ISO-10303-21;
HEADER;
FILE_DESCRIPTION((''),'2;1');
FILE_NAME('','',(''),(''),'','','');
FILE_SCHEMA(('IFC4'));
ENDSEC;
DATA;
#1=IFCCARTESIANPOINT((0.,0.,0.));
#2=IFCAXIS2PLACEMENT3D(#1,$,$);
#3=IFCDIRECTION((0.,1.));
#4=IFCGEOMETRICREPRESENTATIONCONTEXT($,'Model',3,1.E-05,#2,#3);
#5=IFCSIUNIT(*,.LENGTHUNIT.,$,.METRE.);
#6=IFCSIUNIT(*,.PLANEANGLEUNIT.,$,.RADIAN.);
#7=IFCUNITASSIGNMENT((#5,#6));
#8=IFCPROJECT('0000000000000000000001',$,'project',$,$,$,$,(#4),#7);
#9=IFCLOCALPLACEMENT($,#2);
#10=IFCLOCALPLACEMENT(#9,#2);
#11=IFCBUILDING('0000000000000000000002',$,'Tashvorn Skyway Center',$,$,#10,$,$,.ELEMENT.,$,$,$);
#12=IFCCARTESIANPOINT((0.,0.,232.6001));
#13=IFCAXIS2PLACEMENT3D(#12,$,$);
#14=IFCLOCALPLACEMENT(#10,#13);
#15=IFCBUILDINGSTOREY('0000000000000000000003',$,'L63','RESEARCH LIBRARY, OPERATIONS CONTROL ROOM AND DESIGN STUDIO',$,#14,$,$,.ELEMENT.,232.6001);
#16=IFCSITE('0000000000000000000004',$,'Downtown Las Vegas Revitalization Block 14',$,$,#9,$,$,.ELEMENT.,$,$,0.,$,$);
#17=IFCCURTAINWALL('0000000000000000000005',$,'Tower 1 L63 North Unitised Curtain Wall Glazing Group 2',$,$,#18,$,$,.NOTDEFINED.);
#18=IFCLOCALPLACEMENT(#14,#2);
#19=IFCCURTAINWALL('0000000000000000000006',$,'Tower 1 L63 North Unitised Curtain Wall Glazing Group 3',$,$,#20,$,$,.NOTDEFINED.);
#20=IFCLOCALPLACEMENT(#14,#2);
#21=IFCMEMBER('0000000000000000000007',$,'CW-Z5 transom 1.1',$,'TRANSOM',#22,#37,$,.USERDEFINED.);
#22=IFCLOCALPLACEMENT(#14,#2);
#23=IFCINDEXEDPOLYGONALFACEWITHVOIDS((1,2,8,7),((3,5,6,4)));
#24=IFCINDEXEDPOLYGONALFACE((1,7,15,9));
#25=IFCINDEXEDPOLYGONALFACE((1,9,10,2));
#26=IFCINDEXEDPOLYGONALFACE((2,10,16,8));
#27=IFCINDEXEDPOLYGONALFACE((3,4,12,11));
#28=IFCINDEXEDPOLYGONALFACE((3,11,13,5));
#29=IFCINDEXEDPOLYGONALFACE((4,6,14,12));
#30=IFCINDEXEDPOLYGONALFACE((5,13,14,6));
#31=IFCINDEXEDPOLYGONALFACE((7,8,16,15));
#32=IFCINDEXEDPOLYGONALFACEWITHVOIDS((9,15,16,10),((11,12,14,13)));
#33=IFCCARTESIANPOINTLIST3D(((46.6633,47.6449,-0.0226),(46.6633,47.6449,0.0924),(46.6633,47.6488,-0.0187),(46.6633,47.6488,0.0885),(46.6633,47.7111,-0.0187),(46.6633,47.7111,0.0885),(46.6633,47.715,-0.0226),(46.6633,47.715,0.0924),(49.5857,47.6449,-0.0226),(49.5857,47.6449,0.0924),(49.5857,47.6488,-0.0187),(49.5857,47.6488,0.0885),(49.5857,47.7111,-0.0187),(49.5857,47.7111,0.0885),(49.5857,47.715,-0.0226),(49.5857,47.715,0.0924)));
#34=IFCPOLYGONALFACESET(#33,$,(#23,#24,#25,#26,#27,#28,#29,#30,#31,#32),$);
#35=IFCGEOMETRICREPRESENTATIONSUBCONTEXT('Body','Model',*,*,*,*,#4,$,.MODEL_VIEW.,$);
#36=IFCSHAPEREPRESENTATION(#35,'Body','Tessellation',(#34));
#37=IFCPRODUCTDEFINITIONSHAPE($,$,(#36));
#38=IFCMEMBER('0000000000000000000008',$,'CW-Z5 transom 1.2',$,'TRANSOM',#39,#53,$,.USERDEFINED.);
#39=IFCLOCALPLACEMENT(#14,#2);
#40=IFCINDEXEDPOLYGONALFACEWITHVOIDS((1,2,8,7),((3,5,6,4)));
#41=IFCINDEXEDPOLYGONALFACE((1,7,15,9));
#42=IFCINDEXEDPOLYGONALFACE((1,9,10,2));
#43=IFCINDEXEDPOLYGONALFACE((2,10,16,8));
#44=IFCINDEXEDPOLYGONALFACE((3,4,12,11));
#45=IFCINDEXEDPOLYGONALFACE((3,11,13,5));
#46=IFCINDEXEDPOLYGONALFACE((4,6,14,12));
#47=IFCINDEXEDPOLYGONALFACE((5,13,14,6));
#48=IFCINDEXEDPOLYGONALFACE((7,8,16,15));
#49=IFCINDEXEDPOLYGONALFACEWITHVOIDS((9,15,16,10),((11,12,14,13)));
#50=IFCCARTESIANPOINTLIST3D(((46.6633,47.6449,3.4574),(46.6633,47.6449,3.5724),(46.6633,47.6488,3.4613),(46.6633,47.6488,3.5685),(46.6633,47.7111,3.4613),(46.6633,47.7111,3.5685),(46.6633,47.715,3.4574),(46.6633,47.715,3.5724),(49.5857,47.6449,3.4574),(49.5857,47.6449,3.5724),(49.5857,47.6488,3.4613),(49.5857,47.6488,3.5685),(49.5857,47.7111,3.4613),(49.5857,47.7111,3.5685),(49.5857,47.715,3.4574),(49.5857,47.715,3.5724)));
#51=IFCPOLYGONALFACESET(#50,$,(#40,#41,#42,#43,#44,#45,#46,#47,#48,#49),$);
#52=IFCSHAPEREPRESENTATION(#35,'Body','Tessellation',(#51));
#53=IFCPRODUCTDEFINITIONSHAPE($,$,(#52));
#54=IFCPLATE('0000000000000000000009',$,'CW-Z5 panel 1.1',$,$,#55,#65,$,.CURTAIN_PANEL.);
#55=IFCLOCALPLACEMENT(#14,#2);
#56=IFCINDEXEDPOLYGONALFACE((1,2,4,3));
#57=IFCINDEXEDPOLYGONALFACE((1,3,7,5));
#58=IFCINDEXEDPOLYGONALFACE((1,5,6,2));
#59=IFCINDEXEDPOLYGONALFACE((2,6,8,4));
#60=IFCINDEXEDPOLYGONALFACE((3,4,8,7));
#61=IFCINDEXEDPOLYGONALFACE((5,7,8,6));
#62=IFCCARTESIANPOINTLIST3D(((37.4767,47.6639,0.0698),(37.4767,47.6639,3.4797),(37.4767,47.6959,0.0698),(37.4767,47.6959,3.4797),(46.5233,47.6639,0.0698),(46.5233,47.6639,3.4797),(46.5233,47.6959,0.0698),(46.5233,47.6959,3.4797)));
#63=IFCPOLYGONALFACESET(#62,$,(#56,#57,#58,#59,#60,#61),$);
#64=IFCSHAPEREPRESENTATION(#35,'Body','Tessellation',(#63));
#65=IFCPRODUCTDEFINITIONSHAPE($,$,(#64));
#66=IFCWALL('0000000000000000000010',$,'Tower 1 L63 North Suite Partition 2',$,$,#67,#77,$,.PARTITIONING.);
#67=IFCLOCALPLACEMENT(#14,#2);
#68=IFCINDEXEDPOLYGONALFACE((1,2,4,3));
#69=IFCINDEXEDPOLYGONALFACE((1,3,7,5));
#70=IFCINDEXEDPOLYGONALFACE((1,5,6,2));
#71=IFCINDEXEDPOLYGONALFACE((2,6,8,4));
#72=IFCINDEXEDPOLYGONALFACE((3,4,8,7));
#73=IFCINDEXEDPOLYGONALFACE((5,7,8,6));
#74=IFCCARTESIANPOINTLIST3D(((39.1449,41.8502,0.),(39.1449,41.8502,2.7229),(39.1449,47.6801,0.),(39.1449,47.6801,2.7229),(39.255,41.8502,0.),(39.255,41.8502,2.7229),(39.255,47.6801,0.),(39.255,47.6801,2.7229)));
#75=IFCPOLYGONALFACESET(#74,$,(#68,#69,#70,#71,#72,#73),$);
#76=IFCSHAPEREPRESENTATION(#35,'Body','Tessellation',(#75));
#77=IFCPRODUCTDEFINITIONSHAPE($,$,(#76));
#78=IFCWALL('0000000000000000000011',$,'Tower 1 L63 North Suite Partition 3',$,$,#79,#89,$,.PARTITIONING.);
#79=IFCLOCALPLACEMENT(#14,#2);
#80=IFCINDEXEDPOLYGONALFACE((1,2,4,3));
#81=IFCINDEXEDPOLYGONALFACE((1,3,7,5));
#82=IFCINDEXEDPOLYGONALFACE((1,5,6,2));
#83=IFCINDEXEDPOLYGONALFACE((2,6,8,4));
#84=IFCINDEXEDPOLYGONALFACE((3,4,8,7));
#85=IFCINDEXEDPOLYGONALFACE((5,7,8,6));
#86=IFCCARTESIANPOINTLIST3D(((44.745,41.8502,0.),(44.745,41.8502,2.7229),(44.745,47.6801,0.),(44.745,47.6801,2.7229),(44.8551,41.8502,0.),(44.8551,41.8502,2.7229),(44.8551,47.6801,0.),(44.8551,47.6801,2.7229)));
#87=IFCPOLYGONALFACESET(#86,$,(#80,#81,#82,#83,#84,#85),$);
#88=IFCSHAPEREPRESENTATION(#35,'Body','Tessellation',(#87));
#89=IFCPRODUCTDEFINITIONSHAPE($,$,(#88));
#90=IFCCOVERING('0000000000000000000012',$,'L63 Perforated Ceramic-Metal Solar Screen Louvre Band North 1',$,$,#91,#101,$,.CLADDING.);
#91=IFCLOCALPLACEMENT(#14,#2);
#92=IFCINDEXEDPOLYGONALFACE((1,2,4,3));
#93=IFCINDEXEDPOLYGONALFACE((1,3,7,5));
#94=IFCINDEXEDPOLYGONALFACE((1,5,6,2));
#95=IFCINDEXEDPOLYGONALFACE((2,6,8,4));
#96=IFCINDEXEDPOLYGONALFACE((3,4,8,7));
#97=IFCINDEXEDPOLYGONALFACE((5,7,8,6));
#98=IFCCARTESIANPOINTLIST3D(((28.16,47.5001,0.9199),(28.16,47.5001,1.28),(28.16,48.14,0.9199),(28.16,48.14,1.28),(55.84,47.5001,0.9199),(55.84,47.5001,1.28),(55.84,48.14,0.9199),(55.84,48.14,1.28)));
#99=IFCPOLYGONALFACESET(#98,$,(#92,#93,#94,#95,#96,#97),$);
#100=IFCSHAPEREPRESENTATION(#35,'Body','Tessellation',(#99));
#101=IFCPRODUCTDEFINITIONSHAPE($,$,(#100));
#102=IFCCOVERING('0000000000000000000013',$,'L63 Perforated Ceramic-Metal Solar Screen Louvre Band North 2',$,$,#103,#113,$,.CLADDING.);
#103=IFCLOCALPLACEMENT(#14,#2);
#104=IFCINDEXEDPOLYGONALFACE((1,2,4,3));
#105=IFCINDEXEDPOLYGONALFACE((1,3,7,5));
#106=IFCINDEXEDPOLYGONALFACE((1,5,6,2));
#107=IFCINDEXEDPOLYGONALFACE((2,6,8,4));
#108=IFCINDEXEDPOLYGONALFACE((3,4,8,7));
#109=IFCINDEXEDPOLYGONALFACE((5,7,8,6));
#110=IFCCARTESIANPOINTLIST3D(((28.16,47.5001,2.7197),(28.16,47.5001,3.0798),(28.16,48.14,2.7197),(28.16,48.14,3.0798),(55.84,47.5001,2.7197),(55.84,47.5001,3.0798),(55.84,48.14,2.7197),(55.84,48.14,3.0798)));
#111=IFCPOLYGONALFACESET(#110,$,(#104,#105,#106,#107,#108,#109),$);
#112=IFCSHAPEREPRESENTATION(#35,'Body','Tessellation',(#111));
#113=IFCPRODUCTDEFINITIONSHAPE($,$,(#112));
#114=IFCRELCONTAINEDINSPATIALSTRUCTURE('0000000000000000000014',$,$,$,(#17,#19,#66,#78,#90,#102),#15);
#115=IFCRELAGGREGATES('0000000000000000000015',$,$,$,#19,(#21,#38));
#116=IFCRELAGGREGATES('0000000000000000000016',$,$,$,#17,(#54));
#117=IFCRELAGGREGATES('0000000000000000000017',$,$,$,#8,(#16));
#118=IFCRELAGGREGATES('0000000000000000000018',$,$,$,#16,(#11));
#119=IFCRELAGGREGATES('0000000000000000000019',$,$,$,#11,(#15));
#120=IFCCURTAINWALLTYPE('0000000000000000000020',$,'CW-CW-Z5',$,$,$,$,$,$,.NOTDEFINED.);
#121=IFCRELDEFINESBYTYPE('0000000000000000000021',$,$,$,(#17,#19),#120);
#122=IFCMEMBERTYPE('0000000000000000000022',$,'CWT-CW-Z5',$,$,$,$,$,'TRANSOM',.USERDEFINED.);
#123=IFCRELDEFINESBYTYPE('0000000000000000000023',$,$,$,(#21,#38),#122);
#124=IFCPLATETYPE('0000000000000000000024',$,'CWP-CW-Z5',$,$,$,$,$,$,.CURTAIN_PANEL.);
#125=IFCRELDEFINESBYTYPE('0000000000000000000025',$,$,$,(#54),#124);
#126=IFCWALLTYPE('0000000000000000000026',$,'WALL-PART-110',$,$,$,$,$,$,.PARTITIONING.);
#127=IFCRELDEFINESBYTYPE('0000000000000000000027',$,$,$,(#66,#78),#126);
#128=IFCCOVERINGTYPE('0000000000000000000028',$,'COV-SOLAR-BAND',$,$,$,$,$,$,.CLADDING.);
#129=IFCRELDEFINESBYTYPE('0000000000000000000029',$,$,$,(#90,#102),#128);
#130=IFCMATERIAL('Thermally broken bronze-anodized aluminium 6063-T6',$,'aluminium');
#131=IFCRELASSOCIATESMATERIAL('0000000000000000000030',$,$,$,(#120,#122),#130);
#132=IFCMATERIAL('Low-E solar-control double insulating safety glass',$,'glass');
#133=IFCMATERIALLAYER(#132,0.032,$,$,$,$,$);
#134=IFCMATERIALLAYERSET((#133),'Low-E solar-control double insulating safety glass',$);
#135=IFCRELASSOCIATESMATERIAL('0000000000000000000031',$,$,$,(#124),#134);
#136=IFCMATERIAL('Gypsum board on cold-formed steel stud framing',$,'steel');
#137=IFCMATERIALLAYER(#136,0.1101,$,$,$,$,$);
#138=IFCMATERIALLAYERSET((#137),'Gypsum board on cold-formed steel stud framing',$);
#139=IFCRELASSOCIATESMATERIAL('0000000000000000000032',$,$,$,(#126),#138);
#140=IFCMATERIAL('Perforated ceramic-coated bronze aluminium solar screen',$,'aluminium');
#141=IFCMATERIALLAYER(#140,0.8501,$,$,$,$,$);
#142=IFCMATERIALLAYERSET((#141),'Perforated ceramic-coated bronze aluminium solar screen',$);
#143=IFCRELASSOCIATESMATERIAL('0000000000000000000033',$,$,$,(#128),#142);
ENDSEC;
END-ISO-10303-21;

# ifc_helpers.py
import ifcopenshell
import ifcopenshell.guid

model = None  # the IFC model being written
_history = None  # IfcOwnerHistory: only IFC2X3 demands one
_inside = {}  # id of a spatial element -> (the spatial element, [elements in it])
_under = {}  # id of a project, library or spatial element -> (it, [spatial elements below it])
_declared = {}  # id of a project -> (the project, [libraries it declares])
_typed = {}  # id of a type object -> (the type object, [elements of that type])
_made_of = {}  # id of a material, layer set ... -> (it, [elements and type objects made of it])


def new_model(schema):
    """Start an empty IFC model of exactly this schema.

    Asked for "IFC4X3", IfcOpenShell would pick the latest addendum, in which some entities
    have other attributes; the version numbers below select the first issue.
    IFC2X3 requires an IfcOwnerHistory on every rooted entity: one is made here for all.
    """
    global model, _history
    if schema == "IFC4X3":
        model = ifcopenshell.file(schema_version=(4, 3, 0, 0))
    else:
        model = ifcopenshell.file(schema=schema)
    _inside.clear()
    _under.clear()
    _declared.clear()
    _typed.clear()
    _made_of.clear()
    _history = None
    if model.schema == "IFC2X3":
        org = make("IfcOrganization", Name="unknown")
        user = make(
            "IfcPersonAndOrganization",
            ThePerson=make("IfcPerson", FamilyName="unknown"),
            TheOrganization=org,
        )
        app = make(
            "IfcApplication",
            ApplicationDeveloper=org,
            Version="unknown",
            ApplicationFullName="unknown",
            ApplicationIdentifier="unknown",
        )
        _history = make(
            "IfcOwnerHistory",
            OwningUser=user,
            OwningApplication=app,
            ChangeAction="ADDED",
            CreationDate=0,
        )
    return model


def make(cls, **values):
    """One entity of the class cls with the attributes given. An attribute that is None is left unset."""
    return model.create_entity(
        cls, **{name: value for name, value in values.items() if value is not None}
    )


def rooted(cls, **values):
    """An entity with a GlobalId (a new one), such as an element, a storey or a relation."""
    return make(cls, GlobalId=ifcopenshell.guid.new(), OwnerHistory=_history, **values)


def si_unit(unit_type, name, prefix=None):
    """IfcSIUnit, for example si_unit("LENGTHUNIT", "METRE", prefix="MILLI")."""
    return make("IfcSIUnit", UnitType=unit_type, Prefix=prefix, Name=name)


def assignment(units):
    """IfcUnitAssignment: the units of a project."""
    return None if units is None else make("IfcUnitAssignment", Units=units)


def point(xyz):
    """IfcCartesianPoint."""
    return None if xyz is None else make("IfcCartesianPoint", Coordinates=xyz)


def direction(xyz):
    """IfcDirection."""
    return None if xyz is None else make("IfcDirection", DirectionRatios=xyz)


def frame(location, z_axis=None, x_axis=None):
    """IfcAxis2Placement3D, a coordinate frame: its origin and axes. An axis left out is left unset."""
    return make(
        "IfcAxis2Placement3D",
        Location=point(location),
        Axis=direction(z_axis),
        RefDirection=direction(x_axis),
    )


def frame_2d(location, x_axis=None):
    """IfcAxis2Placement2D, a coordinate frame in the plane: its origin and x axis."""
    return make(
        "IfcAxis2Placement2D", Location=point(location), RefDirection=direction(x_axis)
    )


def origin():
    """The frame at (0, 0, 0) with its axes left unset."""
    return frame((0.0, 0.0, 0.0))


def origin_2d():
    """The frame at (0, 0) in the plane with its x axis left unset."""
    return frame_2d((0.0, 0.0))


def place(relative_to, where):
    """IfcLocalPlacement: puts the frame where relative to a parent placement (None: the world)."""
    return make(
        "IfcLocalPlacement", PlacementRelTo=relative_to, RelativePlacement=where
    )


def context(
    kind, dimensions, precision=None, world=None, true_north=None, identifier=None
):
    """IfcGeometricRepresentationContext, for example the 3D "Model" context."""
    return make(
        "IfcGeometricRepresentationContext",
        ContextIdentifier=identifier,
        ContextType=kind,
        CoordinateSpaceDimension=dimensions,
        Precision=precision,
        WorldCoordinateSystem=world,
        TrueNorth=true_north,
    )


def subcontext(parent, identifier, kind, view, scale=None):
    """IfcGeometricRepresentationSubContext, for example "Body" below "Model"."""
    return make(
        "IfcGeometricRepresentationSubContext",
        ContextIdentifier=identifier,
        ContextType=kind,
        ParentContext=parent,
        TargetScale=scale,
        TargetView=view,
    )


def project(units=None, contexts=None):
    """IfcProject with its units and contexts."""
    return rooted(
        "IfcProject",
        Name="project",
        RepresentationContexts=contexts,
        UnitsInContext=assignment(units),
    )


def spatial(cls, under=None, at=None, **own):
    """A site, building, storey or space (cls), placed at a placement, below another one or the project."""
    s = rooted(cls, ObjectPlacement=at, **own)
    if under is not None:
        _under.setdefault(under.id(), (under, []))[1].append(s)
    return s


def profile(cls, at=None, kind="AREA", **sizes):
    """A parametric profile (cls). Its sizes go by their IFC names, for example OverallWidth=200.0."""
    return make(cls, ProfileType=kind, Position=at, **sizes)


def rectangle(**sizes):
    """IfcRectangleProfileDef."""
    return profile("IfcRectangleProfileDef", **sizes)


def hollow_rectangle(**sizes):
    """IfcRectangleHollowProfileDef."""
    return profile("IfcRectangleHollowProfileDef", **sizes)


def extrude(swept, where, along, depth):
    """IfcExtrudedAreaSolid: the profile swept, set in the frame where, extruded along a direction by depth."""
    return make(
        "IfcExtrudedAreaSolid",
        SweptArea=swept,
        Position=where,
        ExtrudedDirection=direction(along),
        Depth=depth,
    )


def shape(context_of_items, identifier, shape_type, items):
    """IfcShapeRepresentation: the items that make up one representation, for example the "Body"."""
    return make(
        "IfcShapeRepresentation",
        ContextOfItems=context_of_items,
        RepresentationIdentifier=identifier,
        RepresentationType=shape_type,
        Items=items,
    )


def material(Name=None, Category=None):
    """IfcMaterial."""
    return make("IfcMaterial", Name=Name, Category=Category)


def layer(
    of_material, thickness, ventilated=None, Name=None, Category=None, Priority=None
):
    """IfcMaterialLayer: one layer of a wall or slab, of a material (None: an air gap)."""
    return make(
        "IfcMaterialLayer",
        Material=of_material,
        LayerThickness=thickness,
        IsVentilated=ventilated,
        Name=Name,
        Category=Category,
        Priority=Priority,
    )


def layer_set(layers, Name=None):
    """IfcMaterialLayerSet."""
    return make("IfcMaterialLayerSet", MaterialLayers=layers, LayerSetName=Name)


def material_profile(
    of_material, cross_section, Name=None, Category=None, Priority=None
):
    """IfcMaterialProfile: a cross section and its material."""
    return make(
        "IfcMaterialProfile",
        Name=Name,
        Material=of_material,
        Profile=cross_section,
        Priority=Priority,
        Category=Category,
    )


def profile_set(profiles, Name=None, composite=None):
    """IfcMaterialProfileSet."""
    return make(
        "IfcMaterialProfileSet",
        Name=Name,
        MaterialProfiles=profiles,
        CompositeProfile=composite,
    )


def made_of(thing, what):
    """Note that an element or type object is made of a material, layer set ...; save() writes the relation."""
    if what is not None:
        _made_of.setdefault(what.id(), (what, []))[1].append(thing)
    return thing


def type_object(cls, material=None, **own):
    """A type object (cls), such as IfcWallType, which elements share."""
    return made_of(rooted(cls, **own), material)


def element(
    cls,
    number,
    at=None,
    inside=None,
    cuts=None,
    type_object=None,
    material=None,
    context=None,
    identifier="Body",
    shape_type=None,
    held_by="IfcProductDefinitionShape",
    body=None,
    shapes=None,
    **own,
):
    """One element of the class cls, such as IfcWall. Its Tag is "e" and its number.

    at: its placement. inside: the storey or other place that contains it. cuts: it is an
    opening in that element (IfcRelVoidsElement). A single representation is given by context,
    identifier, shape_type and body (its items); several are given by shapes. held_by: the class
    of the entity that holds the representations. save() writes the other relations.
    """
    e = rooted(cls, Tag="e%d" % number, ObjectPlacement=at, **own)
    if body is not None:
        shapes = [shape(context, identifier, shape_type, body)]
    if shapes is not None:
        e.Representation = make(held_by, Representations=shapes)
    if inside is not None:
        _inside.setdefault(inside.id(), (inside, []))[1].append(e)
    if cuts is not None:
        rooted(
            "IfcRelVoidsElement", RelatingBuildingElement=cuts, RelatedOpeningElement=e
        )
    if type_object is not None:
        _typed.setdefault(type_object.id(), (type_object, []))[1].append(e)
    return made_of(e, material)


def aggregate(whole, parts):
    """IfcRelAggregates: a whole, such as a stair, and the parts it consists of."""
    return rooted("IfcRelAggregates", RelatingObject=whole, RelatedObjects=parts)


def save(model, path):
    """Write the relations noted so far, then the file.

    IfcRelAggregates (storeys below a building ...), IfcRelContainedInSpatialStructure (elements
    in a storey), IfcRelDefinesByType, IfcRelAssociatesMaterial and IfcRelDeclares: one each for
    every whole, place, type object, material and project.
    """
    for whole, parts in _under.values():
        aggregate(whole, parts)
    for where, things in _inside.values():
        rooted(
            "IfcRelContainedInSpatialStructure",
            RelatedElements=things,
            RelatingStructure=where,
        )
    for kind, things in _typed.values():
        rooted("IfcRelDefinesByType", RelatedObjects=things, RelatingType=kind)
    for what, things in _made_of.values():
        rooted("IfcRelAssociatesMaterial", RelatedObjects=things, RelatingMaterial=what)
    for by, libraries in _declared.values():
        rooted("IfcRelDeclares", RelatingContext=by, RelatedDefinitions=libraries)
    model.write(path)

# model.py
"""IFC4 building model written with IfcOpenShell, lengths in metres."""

from ifc_helpers import new_model, si_unit, direction, frame, frame_2d, origin, origin_2d, place, context, subcontext, project, spatial, rectangle, hollow_rectangle, extrude, material, layer, layer_set, material_profile, profile_set, type_object, element, aggregate, save


model = new_model("IFC4")

# Units and contexts
model_context = context("Model", 3, precision=1e-05, world=origin(), true_north=direction((0.0, 1.0)))
body_context = subcontext(model_context, "Body", "Model", "MODEL_VIEW")
ifc_project = project(units=[si_unit("LENGTHUNIT", "METRE"), si_unit("PLANEANGLEUNIT", "RADIAN")], contexts=[model_context])

# Site, building, storey
site_placement = place(None, origin())
site = spatial("IfcSite", under=ifc_project, at=site_placement, Name="Downtown Las Vegas Revitalization Block 14", CompositionType="ELEMENT", RefElevation=0.0)
building_placement = place(site_placement, origin())
building = spatial("IfcBuilding", under=site, at=building_placement, Name="Tashvorn Skyway Center", CompositionType="ELEMENT")
storey_placement = place(building_placement, frame((0.0, 0.0, 232.6001)))
storey = spatial("IfcBuildingStorey", under=building, at=storey_placement, Name="L63", Description="RESEARCH LIBRARY, OPERATIONS CONTROL ROOM AND DESIGN STUDIO", CompositionType="ELEMENT", Elevation=232.6001)

# Shared definitions
ifc_material_1 = material(Name="Thermally broken bronze-anodized aluminium 6063-T6", Category="aluminium")
curtain_wall_type = type_object("IfcCurtainWallType", Name="CW-CW-Z5", PredefinedType="NOTDEFINED", material=ifc_material_1)

# Curtain wall
curtain_wall_1_placement = place(storey_placement, origin())
curtain_wall_1 = element("IfcCurtainWall", 1, at=curtain_wall_1_placement, inside=storey, type_object=curtain_wall_type, Name="Tower 1 L63 North Unitised Curtain Wall Glazing Group 2", PredefinedType="NOTDEFINED")

# Curtain wall
curtain_wall_2_placement = place(storey_placement, origin())
curtain_wall_2 = element("IfcCurtainWall", 2, at=curtain_wall_2_placement, inside=storey, type_object=curtain_wall_type, Name="Tower 1 L63 North Unitised Curtain Wall Glazing Group 3", PredefinedType="NOTDEFINED")

# Members
ifc_material_profile_1 = material_profile(ifc_material_1, hollow_rectangle(XDim=0.0701, YDim=0.115, WallThickness=0.0039, at=origin_2d()), Name="ALU-TRAN-70x115")
ifc_profile_set_1 = profile_set([ifc_material_profile_1], Name="Thermally broken bronze-anodized aluminium 6063-T6")
member_type_1 = type_object("IfcMemberType", Name="CWT-CW-Z5", ElementType="TRANSOM", PredefinedType="USERDEFINED", material=ifc_profile_set_1)
member_1_placement = place(storey_placement, frame((46.6633, 47.6799, 0.0349), z_axis=(1.0, 0.0, 0.0), x_axis=(0.0, 1.0, 0.0)))
member_1 = element("IfcMember", 3, at=member_1_placement, type_object=member_type_1, Name="CW-Z5 transom 1.1", ObjectType="TRANSOM", PredefinedType="USERDEFINED", context=body_context, shape_type="SweptSolid", body=[
    extrude(hollow_rectangle(XDim=0.0701, YDim=0.115, WallThickness=0.0039, at=origin_2d()), origin(), (0.0, 0.0, 1.0), 2.9224),
])
member_2_placement = place(storey_placement, frame((46.6633, 47.6799, 3.5149), z_axis=(1.0, 0.0, 0.0), x_axis=(0.0, 1.0, 0.0)))
member_2 = element("IfcMember", 4, at=member_2_placement, type_object=member_type_1, Name="CW-Z5 transom 1.2", ObjectType="TRANSOM", PredefinedType="USERDEFINED", context=body_context, shape_type="SweptSolid", body=[
    extrude(hollow_rectangle(XDim=0.0701, YDim=0.115, WallThickness=0.0039, at=origin_2d()), origin(), (0.0, 0.0, 1.0), 2.9224),
])
aggregate(curtain_wall_2, [member_1, member_2])

# Plate
ifc_material_2 = material(Name="Low-E solar-control double insulating safety glass", Category="glass")
ifc_layer_1 = layer(ifc_material_2, 0.032)
ifc_layer_set_1 = layer_set([ifc_layer_1], Name="Low-E solar-control double insulating safety glass")
plate_type = type_object("IfcPlateType", Name="CWP-CW-Z5", PredefinedType="CURTAIN_PANEL", material=ifc_layer_set_1)
plate_placement = place(storey_placement, frame((42.0, 47.6799, 0.0698), z_axis=(0.0, 0.0, 1.0), x_axis=(1.0, 0.0, 0.0)))
plate = element("IfcPlate", 5, at=plate_placement, type_object=plate_type, Name="CW-Z5 panel 1.1", PredefinedType="CURTAIN_PANEL", context=body_context, shape_type="SweptSolid", body=[
    extrude(rectangle(XDim=9.0466, YDim=0.032, at=origin_2d()), origin(), (0.0, 0.0, 1.0), 3.4099),
])
aggregate(curtain_wall_1, [plate])

# Walls
ifc_material_3 = material(Name="Gypsum board on cold-formed steel stud framing", Category="steel")
ifc_layer_2 = layer(ifc_material_3, 0.1101)
ifc_layer_set_2 = layer_set([ifc_layer_2], Name="Gypsum board on cold-formed steel stud framing")
wall_type = type_object("IfcWallType", Name="WALL-PART-110", PredefinedType="PARTITIONING", material=ifc_layer_set_2)
for number, where, z_axis, x_axis, name in (
    (6, (39.2, 41.8501, 0.0), (0.0, 0.0, 1.0), (0.0, 1.0, 0.0), "Tower 1 L63 North Suite Partition 2"),
    (7, (44.8, 41.8501, 0.0), (0.0, 0.0, 1.0), (0.0, 1.0, 0.0), "Tower 1 L63 North Suite Partition 3"),
):
    element("IfcWall", number, at=place(storey_placement, frame(where, z_axis=z_axis, x_axis=x_axis)), inside=storey, type_object=wall_type, Name=name, PredefinedType="PARTITIONING", context=body_context, shape_type="SweptSolid", body=[
        extrude(rectangle(XDim=5.8298, YDim=0.1101, at=frame_2d((2.915, 0.0))), origin(), (0.0, 0.0, 1.0), 2.7229),
    ])

# Coverings
ifc_material_4 = material(Name="Perforated ceramic-coated bronze aluminium solar screen", Category="aluminium")
ifc_layer_3 = layer(ifc_material_4, 0.8501)
ifc_layer_set_3 = layer_set([ifc_layer_3], Name="Perforated ceramic-coated bronze aluminium solar screen")
covering_type = type_object("IfcCoveringType", Name="COV-SOLAR-BAND", PredefinedType="CLADDING", material=ifc_layer_set_3)
for number, where, z_axis, x_axis, name in (
    (8, (42.0, 47.8201, 0.9199), (0.0, 0.0, 1.0), (1.0, 0.0, 0.0), "L63 Perforated Ceramic-Metal Solar Screen Louvre Band North 1"),
    (9, (42.0, 47.8201, 2.7197), (0.0, 0.0, 1.0), (1.0, 0.0, 0.0), "L63 Perforated Ceramic-Metal Solar Screen Louvre Band North 2"),
):
    element("IfcCovering", number, at=place(storey_placement, frame(where, z_axis=z_axis, x_axis=x_axis)), inside=storey, type_object=covering_type, Name=name, PredefinedType="CLADDING", context=body_context, shape_type="SweptSolid", body=[
        extrude(rectangle(XDim=27.6799, YDim=0.6399, at=origin_2d()), origin(), (0.0, 0.0, 1.0), 0.3601),
    ])

save(model, "model.ifc")
